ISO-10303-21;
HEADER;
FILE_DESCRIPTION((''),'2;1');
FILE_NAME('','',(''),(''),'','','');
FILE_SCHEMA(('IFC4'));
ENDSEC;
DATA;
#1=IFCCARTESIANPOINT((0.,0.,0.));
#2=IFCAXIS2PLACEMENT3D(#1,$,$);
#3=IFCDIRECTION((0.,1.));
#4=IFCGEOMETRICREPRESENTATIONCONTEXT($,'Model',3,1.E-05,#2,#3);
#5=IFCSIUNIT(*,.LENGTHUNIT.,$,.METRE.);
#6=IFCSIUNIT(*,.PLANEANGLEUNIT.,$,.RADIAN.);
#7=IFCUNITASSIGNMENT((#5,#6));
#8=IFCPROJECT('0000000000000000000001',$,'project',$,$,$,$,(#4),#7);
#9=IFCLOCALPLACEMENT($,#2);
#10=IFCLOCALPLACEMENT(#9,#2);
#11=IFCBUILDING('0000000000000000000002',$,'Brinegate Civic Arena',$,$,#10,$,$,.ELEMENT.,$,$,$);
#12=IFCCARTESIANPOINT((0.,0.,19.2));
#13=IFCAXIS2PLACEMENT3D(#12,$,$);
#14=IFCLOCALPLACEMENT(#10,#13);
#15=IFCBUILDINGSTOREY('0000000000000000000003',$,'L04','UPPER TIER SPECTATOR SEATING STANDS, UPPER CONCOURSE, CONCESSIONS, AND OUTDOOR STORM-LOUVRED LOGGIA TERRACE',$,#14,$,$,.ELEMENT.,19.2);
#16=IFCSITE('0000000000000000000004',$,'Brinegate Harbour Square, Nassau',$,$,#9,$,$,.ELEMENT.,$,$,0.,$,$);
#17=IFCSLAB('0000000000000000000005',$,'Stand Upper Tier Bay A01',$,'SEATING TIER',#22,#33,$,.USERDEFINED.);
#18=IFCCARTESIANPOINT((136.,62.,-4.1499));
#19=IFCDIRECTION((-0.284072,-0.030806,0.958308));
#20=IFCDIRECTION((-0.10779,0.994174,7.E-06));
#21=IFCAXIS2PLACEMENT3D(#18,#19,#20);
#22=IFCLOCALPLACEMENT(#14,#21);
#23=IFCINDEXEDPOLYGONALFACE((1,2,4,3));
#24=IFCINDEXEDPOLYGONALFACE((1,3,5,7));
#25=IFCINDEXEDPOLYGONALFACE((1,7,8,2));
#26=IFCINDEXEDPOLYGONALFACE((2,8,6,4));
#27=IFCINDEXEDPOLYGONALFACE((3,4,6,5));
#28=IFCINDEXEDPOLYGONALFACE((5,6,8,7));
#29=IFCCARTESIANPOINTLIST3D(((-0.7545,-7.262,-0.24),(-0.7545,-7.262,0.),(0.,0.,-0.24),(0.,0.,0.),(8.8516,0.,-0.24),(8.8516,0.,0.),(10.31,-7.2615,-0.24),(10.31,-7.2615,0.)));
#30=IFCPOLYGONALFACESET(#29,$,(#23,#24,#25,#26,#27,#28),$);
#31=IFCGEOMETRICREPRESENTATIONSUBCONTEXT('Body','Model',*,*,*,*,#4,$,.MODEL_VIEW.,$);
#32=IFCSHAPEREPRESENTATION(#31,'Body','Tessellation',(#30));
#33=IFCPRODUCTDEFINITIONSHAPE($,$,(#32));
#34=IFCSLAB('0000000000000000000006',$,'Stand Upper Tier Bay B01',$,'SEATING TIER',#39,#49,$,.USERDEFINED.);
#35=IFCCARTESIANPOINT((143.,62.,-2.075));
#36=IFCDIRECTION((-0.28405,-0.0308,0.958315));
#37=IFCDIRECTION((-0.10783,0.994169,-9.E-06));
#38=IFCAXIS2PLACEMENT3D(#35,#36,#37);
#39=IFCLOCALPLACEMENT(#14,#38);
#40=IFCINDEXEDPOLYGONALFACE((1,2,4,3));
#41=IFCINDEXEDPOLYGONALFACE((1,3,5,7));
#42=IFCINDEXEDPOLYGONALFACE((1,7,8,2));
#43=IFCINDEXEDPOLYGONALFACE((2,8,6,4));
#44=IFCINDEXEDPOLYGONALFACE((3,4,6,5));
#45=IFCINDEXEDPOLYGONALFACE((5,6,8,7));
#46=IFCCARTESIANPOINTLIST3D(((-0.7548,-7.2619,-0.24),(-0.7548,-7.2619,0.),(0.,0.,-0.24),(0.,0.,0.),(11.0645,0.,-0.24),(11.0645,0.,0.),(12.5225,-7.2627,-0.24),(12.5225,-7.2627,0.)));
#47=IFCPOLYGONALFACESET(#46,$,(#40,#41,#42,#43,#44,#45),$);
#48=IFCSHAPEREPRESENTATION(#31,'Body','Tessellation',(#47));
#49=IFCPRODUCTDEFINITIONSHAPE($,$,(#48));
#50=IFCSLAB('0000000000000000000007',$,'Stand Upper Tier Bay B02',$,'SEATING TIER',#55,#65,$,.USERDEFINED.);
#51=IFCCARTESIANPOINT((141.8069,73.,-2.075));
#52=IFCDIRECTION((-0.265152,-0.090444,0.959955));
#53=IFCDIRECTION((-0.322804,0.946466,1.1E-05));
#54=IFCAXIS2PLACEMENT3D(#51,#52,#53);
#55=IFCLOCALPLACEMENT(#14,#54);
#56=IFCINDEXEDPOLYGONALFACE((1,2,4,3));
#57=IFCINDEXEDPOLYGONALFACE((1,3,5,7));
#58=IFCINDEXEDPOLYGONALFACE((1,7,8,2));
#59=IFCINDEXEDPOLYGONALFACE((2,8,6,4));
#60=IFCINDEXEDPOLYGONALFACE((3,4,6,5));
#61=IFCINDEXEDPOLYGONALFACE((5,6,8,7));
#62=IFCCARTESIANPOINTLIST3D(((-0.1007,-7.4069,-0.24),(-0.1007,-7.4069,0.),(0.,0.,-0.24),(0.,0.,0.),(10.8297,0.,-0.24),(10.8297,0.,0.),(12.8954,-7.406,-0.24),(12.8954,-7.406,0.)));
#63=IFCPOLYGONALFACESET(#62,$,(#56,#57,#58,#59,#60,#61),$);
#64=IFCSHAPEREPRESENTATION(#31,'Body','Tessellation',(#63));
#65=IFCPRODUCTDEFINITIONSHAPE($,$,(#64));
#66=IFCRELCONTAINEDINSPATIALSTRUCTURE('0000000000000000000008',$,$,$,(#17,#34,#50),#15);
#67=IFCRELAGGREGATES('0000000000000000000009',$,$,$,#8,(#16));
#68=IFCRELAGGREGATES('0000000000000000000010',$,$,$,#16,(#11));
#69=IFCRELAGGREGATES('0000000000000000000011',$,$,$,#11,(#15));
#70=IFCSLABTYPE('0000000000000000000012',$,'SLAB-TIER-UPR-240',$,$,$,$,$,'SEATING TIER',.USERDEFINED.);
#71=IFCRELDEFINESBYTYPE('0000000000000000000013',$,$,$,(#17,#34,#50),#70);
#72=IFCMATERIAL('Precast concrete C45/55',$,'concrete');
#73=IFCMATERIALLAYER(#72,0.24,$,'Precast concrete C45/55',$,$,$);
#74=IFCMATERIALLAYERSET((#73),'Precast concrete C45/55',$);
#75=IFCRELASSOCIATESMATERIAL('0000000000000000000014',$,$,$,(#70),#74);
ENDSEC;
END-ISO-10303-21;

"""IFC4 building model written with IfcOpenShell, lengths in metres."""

from ifc_helpers import new_model, si_unit, direction, frame, origin, place, context, subcontext, project, spatial, polyline, outline, extrude, material, layer, layer_set, type_object, element, save


model = new_model("IFC4")

# Units and contexts
model_context = context("Model", 3, precision=1e-05, world=origin(), true_north=direction((0.0, 1.0)))
body_context = subcontext(model_context, "Body", "Model", "MODEL_VIEW")
ifc_project = project(units=[si_unit("LENGTHUNIT", "METRE"), si_unit("PLANEANGLEUNIT", "RADIAN")], contexts=[model_context])

# Site, building, storey
site_placement = place(None, origin())
site = spatial("IfcSite", under=ifc_project, at=site_placement, Name="Brinegate Harbour Square, Nassau", CompositionType="ELEMENT", RefElevation=0.0)
building_placement = place(site_placement, origin())
building = spatial("IfcBuilding", under=site, at=building_placement, Name="Brinegate Civic Arena", CompositionType="ELEMENT")
storey_placement = place(building_placement, frame((0.0, 0.0, 19.2)))
storey = spatial("IfcBuildingStorey", under=building, at=storey_placement, Name="L04", Description="UPPER TIER SPECTATOR SEATING STANDS, UPPER CONCOURSE, CONCESSIONS, AND OUTDOOR STORM-LOUVRED LOGGIA TERRACE", CompositionType="ELEMENT", Elevation=19.2)

# Slabs
ifc_material_1 = material(Name="Precast concrete C45/55", Category="concrete")
ifc_layer_1 = layer(ifc_material_1, 0.24, Name="Precast concrete C45/55")
ifc_layer_set_1 = layer_set([ifc_layer_1], Name="Precast concrete C45/55")
slab_type = type_object("IfcSlabType", Name="SLAB-TIER-UPR-240", ElementType="SEATING TIER", PredefinedType="USERDEFINED", material=ifc_layer_set_1)
slab_1_placement = place(storey_placement, frame((136.0, 62.0, -4.1499), z_axis=(-0.284072, -0.030806, 0.958308), x_axis=(-0.10779, 0.994174, 0.000007)))
element("IfcSlab", 1, at=slab_1_placement, inside=storey, type_object=slab_type, Name="Stand Upper Tier Bay A01", ObjectType="SEATING TIER", PredefinedType="USERDEFINED", context=body_context, shape_type="SweptSolid", body=[
    extrude(outline(polyline([(0.0, 0.0), (8.8516, 0.0), (10.31, -7.2615), (-0.7545, -7.262), (0.0, 0.0)])), origin(), (0.0, 0.0, -1.0), 0.24),
])
slab_2_placement = place(storey_placement, frame((143.0, 62.0, -2.075), z_axis=(-0.28405, -0.0308, 0.958315), x_axis=(-0.10783, 0.994169, -0.000009)))
element("IfcSlab", 2, at=slab_2_placement, inside=storey, type_object=slab_type, Name="Stand Upper Tier Bay B01", ObjectType="SEATING TIER", PredefinedType="USERDEFINED", context=body_context, shape_type="SweptSolid", body=[
    extrude(outline(polyline([(0.0, 0.0), (11.0645, 0.0), (12.5225, -7.2627), (-0.7548, -7.2619), (0.0, 0.0)])), origin(), (0.0, 0.0, -1.0), 0.24),
])
slab_3_placement = place(storey_placement, frame((141.8069, 73.0, -2.075), z_axis=(-0.265152, -0.090444, 0.959955), x_axis=(-0.322804, 0.946466, 0.000011)))
element("IfcSlab", 3, at=slab_3_placement, inside=storey, type_object=slab_type, Name="Stand Upper Tier Bay B02", ObjectType="SEATING TIER", PredefinedType="USERDEFINED", context=body_context, shape_type="SweptSolid", body=[
    extrude(outline(polyline([(0.0, 0.0), (10.8297, 0.0), (12.8954, -7.406), (-0.1007, -7.4069), (0.0, 0.0)])), origin(), (0.0, 0.0, -1.0), 0.24),
])

save(model, "model.ifc")
